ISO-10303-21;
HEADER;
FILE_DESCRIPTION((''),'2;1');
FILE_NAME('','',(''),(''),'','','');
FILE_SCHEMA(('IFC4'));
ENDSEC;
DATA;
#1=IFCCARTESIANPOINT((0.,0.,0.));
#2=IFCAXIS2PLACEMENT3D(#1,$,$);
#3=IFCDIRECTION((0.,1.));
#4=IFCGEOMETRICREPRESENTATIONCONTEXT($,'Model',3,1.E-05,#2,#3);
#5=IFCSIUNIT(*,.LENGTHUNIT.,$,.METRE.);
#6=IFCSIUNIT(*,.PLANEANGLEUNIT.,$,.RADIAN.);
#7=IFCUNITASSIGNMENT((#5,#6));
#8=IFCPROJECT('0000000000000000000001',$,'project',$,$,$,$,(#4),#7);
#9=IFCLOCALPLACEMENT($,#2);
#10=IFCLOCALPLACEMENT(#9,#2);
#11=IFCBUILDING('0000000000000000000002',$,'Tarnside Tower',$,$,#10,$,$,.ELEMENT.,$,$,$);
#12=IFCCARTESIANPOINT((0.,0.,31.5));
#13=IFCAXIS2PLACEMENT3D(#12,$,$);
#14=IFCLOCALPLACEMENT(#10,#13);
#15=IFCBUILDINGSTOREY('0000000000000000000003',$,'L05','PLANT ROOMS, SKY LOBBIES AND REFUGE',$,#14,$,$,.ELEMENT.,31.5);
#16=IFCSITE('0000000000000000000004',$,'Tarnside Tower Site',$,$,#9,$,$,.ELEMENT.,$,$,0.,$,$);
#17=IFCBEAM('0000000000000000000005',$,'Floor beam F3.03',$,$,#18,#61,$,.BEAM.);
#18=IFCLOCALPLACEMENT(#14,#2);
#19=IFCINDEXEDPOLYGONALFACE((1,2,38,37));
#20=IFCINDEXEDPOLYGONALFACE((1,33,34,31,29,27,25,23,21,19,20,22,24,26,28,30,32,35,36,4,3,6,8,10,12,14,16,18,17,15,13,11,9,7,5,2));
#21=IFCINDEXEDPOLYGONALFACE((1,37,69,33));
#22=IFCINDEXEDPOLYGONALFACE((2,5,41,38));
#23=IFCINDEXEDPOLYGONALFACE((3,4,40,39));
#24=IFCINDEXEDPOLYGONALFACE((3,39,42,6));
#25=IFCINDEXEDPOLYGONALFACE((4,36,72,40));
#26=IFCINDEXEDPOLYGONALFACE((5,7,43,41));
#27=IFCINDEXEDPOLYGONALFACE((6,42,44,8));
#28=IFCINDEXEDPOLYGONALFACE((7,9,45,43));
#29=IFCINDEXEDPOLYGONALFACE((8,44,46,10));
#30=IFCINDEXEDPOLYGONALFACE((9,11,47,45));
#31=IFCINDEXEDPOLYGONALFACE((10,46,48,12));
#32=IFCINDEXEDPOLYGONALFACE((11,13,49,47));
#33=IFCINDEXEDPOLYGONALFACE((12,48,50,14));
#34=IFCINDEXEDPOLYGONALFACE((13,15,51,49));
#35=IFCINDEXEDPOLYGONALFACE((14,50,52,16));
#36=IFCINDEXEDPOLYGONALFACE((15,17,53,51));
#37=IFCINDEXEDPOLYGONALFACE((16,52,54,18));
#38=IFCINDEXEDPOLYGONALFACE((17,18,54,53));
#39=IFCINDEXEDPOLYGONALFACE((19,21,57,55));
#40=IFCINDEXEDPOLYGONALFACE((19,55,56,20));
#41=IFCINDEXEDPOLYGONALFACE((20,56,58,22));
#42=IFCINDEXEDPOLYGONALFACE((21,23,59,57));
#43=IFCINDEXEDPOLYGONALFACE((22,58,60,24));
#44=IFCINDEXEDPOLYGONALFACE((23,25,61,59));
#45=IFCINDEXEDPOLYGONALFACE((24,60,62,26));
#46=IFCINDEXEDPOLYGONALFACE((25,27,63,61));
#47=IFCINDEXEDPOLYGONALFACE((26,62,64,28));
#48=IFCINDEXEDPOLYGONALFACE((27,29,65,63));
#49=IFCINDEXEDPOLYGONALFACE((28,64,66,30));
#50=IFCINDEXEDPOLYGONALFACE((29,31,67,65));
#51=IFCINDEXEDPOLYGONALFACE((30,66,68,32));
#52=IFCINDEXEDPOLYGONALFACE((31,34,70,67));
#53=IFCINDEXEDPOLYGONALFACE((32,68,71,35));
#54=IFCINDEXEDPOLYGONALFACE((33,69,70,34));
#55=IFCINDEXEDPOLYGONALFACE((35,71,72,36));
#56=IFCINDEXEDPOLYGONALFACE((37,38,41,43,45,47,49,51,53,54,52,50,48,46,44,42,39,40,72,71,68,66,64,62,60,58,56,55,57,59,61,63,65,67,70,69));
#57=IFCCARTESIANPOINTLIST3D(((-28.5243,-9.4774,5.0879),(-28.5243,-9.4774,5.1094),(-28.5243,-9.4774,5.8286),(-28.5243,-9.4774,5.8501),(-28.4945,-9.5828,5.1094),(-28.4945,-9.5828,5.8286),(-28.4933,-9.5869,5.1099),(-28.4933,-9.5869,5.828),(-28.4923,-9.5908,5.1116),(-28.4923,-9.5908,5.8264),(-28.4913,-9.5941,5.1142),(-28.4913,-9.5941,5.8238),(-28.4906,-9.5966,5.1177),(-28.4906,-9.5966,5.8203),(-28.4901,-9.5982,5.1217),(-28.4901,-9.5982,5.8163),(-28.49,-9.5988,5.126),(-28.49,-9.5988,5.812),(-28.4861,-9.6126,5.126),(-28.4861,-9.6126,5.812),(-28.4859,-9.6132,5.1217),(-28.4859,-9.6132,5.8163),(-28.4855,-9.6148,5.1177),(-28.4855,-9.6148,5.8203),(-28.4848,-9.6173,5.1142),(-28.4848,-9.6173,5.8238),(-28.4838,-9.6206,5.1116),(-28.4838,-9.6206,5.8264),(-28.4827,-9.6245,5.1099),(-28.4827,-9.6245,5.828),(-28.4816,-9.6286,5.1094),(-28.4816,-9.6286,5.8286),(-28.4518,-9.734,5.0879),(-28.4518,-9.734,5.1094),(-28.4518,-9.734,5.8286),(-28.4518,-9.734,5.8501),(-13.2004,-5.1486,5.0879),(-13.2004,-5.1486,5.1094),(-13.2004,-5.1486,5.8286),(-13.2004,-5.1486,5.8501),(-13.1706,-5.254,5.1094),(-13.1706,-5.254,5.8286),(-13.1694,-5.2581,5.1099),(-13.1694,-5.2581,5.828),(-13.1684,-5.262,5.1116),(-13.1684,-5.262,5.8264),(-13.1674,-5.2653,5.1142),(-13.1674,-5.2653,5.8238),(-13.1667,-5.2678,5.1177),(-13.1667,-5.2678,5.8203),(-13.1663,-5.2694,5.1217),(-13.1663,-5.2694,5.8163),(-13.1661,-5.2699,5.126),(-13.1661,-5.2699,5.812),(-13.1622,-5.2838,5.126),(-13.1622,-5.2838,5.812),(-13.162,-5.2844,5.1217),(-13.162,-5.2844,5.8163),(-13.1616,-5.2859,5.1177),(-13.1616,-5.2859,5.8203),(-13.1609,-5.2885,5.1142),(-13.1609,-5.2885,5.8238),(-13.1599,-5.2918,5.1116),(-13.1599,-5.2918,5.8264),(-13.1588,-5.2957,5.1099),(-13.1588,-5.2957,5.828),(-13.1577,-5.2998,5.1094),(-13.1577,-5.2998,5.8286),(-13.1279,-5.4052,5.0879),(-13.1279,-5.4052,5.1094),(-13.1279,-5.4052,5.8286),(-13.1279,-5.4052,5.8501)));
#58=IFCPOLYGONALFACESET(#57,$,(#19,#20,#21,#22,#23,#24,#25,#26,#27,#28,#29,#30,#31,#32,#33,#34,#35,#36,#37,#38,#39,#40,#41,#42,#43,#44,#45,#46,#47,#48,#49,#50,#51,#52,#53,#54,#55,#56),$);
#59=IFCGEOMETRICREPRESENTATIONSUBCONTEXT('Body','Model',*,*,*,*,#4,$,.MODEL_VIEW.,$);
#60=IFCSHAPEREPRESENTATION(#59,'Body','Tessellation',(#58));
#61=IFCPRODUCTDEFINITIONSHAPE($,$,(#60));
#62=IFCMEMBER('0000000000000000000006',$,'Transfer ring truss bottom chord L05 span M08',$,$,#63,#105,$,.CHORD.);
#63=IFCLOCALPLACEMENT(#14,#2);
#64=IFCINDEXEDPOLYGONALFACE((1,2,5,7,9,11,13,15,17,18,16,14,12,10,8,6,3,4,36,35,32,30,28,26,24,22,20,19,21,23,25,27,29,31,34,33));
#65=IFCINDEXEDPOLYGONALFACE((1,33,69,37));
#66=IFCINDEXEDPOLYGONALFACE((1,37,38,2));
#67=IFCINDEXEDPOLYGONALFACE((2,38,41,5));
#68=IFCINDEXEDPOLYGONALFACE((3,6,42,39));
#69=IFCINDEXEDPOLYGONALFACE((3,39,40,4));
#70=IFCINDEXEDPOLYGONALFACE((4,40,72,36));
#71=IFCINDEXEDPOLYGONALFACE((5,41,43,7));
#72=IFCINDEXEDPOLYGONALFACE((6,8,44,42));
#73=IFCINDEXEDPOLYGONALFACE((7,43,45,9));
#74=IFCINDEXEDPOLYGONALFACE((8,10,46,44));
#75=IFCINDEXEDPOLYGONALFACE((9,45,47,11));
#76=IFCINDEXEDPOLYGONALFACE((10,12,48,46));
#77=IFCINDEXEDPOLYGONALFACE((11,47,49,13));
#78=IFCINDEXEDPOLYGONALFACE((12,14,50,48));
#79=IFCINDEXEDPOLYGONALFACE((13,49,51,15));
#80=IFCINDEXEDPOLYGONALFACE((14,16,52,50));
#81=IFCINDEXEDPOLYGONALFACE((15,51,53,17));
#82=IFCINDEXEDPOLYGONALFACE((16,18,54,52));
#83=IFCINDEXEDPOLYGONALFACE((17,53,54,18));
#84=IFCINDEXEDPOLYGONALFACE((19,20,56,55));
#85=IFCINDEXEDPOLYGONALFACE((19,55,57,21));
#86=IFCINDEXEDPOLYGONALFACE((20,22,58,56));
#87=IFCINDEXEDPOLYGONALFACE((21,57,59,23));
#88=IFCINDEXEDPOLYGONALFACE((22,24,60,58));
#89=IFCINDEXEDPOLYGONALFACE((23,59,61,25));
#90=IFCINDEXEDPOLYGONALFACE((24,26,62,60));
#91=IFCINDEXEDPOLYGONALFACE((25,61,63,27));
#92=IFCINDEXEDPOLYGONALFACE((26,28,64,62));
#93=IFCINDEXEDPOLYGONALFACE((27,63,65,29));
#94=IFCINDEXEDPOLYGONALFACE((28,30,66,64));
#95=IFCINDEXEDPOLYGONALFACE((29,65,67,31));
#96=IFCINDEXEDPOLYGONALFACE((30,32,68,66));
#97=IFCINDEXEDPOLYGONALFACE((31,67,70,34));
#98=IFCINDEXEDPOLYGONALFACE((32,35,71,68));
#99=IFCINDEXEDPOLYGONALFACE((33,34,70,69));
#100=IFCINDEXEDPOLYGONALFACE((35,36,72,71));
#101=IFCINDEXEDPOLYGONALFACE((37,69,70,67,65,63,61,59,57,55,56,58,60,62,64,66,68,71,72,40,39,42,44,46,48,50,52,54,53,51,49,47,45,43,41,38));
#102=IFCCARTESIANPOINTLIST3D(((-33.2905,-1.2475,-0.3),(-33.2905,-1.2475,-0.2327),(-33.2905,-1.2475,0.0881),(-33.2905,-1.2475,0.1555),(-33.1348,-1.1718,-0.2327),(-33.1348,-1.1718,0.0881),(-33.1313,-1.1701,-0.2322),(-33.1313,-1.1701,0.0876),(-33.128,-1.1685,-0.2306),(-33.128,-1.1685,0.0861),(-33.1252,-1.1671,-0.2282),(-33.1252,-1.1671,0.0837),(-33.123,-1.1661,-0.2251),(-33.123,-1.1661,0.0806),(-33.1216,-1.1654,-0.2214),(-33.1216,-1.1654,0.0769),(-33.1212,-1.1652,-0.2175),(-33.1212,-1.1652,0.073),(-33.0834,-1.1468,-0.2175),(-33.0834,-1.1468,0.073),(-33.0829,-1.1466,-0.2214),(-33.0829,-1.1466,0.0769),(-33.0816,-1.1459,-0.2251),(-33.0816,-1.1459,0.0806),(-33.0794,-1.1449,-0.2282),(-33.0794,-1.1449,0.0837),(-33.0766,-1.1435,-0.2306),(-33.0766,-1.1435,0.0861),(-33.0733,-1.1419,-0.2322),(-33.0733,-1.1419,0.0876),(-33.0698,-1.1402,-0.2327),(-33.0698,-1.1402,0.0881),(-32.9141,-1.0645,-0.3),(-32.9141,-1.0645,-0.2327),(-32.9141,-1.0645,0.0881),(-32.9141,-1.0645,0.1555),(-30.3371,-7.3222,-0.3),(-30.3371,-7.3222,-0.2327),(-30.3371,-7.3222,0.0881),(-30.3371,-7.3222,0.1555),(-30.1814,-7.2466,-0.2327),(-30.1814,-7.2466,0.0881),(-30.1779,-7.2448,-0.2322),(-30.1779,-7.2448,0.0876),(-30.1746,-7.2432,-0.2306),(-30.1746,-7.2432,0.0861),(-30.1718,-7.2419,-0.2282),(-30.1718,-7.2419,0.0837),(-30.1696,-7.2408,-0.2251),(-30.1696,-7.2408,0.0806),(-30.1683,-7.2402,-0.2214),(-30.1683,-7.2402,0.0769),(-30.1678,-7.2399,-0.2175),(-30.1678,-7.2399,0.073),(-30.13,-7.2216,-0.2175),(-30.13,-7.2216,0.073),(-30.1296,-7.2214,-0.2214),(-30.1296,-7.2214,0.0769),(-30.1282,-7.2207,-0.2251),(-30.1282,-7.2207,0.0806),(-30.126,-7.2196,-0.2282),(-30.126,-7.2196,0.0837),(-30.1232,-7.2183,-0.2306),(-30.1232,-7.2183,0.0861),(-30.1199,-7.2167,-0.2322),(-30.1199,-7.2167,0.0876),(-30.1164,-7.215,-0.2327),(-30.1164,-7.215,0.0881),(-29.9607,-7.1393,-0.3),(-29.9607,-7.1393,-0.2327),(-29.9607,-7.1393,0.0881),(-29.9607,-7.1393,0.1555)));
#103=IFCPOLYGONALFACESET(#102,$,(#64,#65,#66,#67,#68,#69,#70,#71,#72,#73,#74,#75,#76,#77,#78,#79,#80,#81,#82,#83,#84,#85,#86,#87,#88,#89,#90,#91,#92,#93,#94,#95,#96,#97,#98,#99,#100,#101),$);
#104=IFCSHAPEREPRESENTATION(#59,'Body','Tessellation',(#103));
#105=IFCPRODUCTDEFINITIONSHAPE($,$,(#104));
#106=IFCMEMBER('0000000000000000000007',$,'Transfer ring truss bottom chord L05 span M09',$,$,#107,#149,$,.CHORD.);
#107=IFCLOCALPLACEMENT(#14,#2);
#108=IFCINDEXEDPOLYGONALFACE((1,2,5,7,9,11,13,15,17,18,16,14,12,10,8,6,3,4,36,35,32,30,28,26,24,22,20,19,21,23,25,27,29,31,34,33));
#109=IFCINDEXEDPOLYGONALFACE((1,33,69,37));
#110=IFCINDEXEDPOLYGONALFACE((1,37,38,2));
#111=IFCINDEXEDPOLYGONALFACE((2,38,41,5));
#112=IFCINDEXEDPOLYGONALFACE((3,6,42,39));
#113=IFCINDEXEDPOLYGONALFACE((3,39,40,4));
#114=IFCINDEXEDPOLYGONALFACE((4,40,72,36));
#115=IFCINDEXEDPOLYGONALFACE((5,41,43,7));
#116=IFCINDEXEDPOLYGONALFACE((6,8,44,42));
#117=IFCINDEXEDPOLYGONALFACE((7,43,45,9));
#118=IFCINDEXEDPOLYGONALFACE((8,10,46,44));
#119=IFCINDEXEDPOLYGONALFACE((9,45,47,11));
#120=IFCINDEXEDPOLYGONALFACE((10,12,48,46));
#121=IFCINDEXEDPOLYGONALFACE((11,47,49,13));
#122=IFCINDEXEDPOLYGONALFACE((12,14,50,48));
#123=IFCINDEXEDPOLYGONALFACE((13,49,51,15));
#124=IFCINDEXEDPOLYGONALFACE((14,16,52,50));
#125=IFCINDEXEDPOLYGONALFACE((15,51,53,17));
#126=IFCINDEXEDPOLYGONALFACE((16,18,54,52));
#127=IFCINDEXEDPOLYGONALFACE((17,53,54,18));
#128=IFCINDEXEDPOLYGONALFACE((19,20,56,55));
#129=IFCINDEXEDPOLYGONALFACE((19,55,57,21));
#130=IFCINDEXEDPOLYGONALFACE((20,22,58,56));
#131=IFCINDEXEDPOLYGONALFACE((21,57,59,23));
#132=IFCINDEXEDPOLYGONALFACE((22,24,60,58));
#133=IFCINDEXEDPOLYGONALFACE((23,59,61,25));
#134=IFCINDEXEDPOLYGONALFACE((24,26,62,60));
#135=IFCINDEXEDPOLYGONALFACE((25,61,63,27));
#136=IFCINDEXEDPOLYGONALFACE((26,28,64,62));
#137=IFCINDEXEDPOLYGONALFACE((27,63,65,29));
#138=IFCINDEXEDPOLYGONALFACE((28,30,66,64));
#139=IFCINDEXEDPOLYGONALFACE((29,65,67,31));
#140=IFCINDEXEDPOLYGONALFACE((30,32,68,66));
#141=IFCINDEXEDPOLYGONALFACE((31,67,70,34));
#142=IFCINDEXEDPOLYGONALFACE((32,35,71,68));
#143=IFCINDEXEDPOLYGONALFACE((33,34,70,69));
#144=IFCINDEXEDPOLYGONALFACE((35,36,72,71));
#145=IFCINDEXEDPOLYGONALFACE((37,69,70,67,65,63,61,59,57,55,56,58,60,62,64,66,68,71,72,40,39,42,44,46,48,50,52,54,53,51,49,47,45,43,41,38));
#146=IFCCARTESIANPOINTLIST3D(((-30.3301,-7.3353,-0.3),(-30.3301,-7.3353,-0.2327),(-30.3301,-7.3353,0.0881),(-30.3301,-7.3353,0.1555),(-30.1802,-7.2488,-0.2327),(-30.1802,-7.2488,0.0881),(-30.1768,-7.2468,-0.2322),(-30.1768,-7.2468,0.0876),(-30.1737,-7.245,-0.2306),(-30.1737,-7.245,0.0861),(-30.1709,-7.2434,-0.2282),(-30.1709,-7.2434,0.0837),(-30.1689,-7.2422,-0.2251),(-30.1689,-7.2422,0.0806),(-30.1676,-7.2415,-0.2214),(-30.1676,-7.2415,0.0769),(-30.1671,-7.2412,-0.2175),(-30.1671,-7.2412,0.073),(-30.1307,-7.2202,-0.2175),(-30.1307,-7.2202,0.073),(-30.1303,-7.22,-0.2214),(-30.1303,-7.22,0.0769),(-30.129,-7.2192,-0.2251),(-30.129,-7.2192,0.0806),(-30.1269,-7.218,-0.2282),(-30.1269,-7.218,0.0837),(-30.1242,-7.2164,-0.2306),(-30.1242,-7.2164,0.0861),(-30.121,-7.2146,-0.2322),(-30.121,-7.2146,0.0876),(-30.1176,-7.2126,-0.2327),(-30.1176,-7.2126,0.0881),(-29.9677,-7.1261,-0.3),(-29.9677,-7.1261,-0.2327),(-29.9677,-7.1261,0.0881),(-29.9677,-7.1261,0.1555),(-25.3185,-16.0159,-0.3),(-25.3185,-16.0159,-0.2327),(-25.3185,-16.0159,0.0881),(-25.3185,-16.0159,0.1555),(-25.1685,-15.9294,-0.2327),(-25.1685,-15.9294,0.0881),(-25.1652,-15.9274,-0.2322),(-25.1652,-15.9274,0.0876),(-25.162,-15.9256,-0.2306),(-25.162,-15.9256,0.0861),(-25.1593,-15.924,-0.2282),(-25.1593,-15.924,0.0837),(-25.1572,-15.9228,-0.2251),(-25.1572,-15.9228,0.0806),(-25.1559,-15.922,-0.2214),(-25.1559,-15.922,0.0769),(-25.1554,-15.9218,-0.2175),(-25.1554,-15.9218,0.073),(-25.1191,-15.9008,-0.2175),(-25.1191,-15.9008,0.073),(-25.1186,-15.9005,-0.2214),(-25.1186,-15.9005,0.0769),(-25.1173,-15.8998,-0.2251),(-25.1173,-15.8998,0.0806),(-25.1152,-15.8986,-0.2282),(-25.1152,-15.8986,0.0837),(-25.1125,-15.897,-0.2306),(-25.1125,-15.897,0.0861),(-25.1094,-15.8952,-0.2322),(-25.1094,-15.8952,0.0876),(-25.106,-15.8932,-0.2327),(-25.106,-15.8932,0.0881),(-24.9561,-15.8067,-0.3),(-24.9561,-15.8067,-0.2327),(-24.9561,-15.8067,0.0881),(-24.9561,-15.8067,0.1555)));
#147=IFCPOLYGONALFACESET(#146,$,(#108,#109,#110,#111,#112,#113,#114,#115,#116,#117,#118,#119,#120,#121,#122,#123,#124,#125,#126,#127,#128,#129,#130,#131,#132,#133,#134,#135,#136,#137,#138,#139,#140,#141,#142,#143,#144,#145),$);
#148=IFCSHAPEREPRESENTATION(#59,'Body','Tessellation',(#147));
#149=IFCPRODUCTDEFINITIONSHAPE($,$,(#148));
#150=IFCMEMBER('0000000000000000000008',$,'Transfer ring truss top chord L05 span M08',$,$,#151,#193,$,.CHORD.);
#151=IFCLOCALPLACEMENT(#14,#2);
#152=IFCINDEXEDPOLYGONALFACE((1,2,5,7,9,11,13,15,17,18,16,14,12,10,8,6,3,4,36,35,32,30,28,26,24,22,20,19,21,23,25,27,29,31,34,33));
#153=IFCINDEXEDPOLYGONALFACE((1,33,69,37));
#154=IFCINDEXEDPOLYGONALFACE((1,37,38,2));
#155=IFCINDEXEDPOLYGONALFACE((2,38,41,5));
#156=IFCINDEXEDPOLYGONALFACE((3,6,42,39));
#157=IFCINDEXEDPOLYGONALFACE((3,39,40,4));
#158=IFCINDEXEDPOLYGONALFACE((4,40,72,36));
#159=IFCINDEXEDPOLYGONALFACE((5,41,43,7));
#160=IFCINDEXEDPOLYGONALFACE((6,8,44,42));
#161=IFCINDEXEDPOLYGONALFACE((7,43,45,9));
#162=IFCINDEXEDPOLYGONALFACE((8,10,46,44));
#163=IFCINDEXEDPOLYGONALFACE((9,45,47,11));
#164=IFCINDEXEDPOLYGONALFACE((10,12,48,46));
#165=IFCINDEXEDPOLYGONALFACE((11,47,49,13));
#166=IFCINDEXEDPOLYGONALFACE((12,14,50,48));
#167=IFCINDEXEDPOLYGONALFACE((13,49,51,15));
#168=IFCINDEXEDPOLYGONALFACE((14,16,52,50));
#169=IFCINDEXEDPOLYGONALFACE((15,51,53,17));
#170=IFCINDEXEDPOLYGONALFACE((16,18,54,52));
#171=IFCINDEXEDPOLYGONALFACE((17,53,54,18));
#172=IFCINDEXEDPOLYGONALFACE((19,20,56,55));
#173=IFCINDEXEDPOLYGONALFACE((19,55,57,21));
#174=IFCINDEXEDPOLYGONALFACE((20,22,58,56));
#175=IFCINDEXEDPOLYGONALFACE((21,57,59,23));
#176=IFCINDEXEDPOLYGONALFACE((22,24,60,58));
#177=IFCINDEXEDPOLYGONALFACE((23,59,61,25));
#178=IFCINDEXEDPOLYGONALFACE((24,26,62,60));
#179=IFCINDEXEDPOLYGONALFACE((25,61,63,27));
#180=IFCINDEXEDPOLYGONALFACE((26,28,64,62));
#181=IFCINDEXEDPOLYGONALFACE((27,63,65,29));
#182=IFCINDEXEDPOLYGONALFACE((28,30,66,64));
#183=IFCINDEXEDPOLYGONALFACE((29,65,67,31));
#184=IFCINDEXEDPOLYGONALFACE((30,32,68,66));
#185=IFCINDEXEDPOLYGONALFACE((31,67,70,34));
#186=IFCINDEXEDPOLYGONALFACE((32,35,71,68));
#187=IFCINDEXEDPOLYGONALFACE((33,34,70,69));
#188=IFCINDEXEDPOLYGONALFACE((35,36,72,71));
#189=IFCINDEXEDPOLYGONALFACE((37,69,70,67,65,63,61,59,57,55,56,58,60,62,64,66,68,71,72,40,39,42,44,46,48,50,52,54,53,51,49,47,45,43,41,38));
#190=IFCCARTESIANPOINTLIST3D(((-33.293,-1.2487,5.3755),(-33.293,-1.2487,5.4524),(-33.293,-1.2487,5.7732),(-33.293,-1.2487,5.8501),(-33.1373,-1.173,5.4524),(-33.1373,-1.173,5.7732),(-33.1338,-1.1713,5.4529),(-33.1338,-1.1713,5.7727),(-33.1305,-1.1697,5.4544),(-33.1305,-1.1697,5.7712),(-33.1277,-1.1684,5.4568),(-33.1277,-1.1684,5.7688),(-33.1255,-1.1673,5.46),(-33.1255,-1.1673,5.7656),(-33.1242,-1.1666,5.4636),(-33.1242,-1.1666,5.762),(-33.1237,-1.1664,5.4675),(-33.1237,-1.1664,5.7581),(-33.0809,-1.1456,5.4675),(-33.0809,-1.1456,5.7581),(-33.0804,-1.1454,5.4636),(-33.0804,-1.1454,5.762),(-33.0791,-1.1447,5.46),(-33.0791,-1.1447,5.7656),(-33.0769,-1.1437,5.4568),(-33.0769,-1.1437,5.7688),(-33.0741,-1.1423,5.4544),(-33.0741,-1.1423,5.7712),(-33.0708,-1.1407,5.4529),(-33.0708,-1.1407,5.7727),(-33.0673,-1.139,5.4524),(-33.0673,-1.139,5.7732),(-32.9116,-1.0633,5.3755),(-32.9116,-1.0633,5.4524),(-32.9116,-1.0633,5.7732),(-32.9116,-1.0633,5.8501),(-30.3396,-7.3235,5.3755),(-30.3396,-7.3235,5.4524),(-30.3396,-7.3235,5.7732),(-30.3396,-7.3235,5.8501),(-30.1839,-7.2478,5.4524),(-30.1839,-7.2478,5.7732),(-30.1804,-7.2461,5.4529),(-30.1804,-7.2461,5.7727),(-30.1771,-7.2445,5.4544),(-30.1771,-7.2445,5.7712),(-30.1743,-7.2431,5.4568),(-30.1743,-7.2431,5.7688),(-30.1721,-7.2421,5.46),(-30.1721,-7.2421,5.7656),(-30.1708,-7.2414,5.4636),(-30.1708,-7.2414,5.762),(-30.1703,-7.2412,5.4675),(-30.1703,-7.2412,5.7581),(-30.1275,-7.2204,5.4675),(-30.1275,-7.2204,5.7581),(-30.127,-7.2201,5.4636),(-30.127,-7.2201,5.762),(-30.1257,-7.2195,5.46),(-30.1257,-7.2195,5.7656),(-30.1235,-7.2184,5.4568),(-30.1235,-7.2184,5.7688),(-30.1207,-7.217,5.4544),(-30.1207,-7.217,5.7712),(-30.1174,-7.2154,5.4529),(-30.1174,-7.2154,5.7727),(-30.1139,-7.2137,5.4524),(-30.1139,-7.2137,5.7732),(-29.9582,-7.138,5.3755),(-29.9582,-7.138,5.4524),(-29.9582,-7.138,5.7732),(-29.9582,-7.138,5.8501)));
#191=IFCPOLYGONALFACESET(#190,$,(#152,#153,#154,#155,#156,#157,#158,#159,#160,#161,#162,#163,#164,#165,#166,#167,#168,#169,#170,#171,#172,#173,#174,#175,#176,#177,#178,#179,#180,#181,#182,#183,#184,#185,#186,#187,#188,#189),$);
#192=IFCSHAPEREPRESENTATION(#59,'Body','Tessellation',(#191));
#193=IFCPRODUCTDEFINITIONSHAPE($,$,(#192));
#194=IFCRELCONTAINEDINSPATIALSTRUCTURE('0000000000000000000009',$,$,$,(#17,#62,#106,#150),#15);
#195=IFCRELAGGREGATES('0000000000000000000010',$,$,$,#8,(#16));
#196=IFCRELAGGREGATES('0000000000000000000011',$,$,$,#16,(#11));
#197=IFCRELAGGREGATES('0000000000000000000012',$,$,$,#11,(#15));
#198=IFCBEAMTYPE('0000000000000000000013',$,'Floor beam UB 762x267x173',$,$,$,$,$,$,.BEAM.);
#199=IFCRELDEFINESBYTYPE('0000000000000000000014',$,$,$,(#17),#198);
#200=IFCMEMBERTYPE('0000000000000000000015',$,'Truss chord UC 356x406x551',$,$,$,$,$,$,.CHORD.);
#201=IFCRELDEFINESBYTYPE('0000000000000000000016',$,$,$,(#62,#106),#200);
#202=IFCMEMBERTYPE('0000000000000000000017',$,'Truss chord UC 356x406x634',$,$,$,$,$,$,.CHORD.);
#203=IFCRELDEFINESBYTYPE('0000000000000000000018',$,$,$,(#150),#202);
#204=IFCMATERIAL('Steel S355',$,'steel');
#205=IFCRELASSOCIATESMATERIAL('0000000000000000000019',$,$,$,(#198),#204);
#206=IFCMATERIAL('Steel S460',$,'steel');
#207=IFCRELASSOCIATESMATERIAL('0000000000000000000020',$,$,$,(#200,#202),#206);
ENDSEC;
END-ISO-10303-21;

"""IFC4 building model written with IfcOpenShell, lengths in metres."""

from ifc_helpers import new_model, si_unit, direction, frame, origin, origin_2d, place, context, subcontext, project, spatial, i_section, extrude, material, material_profile, profile_set, type_object, element, save


model = new_model("IFC4")

# Units and contexts
model_context = context("Model", 3, precision=1e-05, world=origin(), true_north=direction((0.0, 1.0)))
body_context = subcontext(model_context, "Body", "Model", "MODEL_VIEW")
ifc_project = project(units=[si_unit("LENGTHUNIT", "METRE"), si_unit("PLANEANGLEUNIT", "RADIAN")], contexts=[model_context])

# Site, building, storey
site_placement = place(None, origin())
site = spatial("IfcSite", under=ifc_project, at=site_placement, Name="Tarnside Tower Site", CompositionType="ELEMENT", RefElevation=0.0)
building_placement = place(site_placement, origin())
building = spatial("IfcBuilding", under=site, at=building_placement, Name="Tarnside Tower", CompositionType="ELEMENT")
storey_placement = place(building_placement, frame((0.0, 0.0, 31.5)))
storey = spatial("IfcBuildingStorey", under=building, at=storey_placement, Name="L05", Description="PLANT ROOMS, SKY LOBBIES AND REFUGE", CompositionType="ELEMENT", Elevation=31.5)

# Beam
ifc_material_1 = material(Name="Steel S355", Category="steel")
ifc_material_profile_1 = material_profile(ifc_material_1, i_section(OverallWidth=0.2666, OverallDepth=0.7622, WebThickness=0.0144, FlangeThickness=0.0215, FilletRadius=0.0166, at=origin_2d()), Name="UB 762x267x173")
ifc_profile_set_1 = profile_set([ifc_material_profile_1], Name="Steel S355")
beam_type_1 = type_object("IfcBeamType", Name="Floor beam UB 762x267x173", PredefinedType="BEAM", material=ifc_profile_set_1)
beam_1_placement = place(storey_placement, frame((-28.488, -9.6057, 5.469), z_axis=(0.962339, 0.271851, 0.0), x_axis=(-0.271851, 0.962339, 0.0)))
element("IfcBeam", 1, at=beam_1_placement, inside=storey, type_object=beam_type_1, Name="Floor beam F3.03", PredefinedType="BEAM", context=body_context, shape_type="SweptSolid", body=[
    extrude(i_section(OverallWidth=0.2666, OverallDepth=0.7622, WebThickness=0.0144, FlangeThickness=0.0215, FilletRadius=0.0166, at=origin_2d()), origin(), (0.0, 0.0, 1.0), 15.9236),
])

# Members
ifc_material_2 = material(Name="Steel S460", Category="steel")
ifc_material_profile_2 = material_profile(ifc_material_2, i_section(OverallWidth=0.4185, OverallDepth=0.4556, WebThickness=0.042, FlangeThickness=0.0674, FilletRadius=0.0151, at=origin_2d()), Name="UC 356x406x551")
ifc_profile_set_2 = profile_set([ifc_material_profile_2], Name="Steel S460")
member_type_1 = type_object("IfcMemberType", Name="Truss chord UC 356x406x551", PredefinedType="CHORD", material=ifc_profile_set_2)
member_1_placement = place(storey_placement, frame((-33.1023, -1.156, -0.0723), z_axis=(0.437239, -0.899345, 0.0), x_axis=(0.899345, 0.437239, 0.0)))
element("IfcMember", 2, at=member_1_placement, inside=storey, type_object=member_type_1, Name="Transfer ring truss bottom chord L05 span M08", PredefinedType="CHORD", context=body_context, shape_type="SweptSolid", body=[
    extrude(i_section(OverallWidth=0.4185, OverallDepth=0.4556, WebThickness=0.042, FlangeThickness=0.0674, FilletRadius=0.0151, at=origin_2d()), origin(), (0.0, 0.0, 1.0), 6.7546),
])
member_2_placement = place(storey_placement, frame((-30.1489, -7.2307, -0.0723), z_axis=(0.499995, -0.866028, 0.0), x_axis=(0.866028, 0.499995, 0.0)))
element("IfcMember", 3, at=member_2_placement, inside=storey, type_object=member_type_1, Name="Transfer ring truss bottom chord L05 span M09", PredefinedType="CHORD", context=body_context, shape_type="SweptSolid", body=[
    extrude(i_section(OverallWidth=0.4185, OverallDepth=0.4556, WebThickness=0.042, FlangeThickness=0.0674, FilletRadius=0.0151, at=origin_2d()), origin(), (0.0, 0.0, 1.0), 10.0234),
])
ifc_material_profile_3 = material_profile(ifc_material_2, i_section(OverallWidth=0.4241, OverallDepth=0.4746, WebThickness=0.0476, FlangeThickness=0.0769, FilletRadius=0.0151, at=origin_2d()), Name="UC 356x406x634")
ifc_profile_set_3 = profile_set([ifc_material_profile_3], Name="Steel S460")
member_type_2 = type_object("IfcMemberType", Name="Truss chord UC 356x406x634", PredefinedType="CHORD", material=ifc_profile_set_3)
member_3_placement = place(storey_placement, frame((-33.1023, -1.156, 5.6128), z_axis=(0.437239, -0.899345, 0.0), x_axis=(0.899345, 0.437239, 0.0)))
element("IfcMember", 4, at=member_3_placement, inside=storey, type_object=member_type_2, Name="Transfer ring truss top chord L05 span M08", PredefinedType="CHORD", context=body_context, shape_type="SweptSolid", body=[
    extrude(i_section(OverallWidth=0.4241, OverallDepth=0.4746, WebThickness=0.0476, FlangeThickness=0.0769, FilletRadius=0.0151, at=origin_2d()), origin(), (0.0, 0.0, 1.0), 6.7546),
])

save(model, "model.ifc")
